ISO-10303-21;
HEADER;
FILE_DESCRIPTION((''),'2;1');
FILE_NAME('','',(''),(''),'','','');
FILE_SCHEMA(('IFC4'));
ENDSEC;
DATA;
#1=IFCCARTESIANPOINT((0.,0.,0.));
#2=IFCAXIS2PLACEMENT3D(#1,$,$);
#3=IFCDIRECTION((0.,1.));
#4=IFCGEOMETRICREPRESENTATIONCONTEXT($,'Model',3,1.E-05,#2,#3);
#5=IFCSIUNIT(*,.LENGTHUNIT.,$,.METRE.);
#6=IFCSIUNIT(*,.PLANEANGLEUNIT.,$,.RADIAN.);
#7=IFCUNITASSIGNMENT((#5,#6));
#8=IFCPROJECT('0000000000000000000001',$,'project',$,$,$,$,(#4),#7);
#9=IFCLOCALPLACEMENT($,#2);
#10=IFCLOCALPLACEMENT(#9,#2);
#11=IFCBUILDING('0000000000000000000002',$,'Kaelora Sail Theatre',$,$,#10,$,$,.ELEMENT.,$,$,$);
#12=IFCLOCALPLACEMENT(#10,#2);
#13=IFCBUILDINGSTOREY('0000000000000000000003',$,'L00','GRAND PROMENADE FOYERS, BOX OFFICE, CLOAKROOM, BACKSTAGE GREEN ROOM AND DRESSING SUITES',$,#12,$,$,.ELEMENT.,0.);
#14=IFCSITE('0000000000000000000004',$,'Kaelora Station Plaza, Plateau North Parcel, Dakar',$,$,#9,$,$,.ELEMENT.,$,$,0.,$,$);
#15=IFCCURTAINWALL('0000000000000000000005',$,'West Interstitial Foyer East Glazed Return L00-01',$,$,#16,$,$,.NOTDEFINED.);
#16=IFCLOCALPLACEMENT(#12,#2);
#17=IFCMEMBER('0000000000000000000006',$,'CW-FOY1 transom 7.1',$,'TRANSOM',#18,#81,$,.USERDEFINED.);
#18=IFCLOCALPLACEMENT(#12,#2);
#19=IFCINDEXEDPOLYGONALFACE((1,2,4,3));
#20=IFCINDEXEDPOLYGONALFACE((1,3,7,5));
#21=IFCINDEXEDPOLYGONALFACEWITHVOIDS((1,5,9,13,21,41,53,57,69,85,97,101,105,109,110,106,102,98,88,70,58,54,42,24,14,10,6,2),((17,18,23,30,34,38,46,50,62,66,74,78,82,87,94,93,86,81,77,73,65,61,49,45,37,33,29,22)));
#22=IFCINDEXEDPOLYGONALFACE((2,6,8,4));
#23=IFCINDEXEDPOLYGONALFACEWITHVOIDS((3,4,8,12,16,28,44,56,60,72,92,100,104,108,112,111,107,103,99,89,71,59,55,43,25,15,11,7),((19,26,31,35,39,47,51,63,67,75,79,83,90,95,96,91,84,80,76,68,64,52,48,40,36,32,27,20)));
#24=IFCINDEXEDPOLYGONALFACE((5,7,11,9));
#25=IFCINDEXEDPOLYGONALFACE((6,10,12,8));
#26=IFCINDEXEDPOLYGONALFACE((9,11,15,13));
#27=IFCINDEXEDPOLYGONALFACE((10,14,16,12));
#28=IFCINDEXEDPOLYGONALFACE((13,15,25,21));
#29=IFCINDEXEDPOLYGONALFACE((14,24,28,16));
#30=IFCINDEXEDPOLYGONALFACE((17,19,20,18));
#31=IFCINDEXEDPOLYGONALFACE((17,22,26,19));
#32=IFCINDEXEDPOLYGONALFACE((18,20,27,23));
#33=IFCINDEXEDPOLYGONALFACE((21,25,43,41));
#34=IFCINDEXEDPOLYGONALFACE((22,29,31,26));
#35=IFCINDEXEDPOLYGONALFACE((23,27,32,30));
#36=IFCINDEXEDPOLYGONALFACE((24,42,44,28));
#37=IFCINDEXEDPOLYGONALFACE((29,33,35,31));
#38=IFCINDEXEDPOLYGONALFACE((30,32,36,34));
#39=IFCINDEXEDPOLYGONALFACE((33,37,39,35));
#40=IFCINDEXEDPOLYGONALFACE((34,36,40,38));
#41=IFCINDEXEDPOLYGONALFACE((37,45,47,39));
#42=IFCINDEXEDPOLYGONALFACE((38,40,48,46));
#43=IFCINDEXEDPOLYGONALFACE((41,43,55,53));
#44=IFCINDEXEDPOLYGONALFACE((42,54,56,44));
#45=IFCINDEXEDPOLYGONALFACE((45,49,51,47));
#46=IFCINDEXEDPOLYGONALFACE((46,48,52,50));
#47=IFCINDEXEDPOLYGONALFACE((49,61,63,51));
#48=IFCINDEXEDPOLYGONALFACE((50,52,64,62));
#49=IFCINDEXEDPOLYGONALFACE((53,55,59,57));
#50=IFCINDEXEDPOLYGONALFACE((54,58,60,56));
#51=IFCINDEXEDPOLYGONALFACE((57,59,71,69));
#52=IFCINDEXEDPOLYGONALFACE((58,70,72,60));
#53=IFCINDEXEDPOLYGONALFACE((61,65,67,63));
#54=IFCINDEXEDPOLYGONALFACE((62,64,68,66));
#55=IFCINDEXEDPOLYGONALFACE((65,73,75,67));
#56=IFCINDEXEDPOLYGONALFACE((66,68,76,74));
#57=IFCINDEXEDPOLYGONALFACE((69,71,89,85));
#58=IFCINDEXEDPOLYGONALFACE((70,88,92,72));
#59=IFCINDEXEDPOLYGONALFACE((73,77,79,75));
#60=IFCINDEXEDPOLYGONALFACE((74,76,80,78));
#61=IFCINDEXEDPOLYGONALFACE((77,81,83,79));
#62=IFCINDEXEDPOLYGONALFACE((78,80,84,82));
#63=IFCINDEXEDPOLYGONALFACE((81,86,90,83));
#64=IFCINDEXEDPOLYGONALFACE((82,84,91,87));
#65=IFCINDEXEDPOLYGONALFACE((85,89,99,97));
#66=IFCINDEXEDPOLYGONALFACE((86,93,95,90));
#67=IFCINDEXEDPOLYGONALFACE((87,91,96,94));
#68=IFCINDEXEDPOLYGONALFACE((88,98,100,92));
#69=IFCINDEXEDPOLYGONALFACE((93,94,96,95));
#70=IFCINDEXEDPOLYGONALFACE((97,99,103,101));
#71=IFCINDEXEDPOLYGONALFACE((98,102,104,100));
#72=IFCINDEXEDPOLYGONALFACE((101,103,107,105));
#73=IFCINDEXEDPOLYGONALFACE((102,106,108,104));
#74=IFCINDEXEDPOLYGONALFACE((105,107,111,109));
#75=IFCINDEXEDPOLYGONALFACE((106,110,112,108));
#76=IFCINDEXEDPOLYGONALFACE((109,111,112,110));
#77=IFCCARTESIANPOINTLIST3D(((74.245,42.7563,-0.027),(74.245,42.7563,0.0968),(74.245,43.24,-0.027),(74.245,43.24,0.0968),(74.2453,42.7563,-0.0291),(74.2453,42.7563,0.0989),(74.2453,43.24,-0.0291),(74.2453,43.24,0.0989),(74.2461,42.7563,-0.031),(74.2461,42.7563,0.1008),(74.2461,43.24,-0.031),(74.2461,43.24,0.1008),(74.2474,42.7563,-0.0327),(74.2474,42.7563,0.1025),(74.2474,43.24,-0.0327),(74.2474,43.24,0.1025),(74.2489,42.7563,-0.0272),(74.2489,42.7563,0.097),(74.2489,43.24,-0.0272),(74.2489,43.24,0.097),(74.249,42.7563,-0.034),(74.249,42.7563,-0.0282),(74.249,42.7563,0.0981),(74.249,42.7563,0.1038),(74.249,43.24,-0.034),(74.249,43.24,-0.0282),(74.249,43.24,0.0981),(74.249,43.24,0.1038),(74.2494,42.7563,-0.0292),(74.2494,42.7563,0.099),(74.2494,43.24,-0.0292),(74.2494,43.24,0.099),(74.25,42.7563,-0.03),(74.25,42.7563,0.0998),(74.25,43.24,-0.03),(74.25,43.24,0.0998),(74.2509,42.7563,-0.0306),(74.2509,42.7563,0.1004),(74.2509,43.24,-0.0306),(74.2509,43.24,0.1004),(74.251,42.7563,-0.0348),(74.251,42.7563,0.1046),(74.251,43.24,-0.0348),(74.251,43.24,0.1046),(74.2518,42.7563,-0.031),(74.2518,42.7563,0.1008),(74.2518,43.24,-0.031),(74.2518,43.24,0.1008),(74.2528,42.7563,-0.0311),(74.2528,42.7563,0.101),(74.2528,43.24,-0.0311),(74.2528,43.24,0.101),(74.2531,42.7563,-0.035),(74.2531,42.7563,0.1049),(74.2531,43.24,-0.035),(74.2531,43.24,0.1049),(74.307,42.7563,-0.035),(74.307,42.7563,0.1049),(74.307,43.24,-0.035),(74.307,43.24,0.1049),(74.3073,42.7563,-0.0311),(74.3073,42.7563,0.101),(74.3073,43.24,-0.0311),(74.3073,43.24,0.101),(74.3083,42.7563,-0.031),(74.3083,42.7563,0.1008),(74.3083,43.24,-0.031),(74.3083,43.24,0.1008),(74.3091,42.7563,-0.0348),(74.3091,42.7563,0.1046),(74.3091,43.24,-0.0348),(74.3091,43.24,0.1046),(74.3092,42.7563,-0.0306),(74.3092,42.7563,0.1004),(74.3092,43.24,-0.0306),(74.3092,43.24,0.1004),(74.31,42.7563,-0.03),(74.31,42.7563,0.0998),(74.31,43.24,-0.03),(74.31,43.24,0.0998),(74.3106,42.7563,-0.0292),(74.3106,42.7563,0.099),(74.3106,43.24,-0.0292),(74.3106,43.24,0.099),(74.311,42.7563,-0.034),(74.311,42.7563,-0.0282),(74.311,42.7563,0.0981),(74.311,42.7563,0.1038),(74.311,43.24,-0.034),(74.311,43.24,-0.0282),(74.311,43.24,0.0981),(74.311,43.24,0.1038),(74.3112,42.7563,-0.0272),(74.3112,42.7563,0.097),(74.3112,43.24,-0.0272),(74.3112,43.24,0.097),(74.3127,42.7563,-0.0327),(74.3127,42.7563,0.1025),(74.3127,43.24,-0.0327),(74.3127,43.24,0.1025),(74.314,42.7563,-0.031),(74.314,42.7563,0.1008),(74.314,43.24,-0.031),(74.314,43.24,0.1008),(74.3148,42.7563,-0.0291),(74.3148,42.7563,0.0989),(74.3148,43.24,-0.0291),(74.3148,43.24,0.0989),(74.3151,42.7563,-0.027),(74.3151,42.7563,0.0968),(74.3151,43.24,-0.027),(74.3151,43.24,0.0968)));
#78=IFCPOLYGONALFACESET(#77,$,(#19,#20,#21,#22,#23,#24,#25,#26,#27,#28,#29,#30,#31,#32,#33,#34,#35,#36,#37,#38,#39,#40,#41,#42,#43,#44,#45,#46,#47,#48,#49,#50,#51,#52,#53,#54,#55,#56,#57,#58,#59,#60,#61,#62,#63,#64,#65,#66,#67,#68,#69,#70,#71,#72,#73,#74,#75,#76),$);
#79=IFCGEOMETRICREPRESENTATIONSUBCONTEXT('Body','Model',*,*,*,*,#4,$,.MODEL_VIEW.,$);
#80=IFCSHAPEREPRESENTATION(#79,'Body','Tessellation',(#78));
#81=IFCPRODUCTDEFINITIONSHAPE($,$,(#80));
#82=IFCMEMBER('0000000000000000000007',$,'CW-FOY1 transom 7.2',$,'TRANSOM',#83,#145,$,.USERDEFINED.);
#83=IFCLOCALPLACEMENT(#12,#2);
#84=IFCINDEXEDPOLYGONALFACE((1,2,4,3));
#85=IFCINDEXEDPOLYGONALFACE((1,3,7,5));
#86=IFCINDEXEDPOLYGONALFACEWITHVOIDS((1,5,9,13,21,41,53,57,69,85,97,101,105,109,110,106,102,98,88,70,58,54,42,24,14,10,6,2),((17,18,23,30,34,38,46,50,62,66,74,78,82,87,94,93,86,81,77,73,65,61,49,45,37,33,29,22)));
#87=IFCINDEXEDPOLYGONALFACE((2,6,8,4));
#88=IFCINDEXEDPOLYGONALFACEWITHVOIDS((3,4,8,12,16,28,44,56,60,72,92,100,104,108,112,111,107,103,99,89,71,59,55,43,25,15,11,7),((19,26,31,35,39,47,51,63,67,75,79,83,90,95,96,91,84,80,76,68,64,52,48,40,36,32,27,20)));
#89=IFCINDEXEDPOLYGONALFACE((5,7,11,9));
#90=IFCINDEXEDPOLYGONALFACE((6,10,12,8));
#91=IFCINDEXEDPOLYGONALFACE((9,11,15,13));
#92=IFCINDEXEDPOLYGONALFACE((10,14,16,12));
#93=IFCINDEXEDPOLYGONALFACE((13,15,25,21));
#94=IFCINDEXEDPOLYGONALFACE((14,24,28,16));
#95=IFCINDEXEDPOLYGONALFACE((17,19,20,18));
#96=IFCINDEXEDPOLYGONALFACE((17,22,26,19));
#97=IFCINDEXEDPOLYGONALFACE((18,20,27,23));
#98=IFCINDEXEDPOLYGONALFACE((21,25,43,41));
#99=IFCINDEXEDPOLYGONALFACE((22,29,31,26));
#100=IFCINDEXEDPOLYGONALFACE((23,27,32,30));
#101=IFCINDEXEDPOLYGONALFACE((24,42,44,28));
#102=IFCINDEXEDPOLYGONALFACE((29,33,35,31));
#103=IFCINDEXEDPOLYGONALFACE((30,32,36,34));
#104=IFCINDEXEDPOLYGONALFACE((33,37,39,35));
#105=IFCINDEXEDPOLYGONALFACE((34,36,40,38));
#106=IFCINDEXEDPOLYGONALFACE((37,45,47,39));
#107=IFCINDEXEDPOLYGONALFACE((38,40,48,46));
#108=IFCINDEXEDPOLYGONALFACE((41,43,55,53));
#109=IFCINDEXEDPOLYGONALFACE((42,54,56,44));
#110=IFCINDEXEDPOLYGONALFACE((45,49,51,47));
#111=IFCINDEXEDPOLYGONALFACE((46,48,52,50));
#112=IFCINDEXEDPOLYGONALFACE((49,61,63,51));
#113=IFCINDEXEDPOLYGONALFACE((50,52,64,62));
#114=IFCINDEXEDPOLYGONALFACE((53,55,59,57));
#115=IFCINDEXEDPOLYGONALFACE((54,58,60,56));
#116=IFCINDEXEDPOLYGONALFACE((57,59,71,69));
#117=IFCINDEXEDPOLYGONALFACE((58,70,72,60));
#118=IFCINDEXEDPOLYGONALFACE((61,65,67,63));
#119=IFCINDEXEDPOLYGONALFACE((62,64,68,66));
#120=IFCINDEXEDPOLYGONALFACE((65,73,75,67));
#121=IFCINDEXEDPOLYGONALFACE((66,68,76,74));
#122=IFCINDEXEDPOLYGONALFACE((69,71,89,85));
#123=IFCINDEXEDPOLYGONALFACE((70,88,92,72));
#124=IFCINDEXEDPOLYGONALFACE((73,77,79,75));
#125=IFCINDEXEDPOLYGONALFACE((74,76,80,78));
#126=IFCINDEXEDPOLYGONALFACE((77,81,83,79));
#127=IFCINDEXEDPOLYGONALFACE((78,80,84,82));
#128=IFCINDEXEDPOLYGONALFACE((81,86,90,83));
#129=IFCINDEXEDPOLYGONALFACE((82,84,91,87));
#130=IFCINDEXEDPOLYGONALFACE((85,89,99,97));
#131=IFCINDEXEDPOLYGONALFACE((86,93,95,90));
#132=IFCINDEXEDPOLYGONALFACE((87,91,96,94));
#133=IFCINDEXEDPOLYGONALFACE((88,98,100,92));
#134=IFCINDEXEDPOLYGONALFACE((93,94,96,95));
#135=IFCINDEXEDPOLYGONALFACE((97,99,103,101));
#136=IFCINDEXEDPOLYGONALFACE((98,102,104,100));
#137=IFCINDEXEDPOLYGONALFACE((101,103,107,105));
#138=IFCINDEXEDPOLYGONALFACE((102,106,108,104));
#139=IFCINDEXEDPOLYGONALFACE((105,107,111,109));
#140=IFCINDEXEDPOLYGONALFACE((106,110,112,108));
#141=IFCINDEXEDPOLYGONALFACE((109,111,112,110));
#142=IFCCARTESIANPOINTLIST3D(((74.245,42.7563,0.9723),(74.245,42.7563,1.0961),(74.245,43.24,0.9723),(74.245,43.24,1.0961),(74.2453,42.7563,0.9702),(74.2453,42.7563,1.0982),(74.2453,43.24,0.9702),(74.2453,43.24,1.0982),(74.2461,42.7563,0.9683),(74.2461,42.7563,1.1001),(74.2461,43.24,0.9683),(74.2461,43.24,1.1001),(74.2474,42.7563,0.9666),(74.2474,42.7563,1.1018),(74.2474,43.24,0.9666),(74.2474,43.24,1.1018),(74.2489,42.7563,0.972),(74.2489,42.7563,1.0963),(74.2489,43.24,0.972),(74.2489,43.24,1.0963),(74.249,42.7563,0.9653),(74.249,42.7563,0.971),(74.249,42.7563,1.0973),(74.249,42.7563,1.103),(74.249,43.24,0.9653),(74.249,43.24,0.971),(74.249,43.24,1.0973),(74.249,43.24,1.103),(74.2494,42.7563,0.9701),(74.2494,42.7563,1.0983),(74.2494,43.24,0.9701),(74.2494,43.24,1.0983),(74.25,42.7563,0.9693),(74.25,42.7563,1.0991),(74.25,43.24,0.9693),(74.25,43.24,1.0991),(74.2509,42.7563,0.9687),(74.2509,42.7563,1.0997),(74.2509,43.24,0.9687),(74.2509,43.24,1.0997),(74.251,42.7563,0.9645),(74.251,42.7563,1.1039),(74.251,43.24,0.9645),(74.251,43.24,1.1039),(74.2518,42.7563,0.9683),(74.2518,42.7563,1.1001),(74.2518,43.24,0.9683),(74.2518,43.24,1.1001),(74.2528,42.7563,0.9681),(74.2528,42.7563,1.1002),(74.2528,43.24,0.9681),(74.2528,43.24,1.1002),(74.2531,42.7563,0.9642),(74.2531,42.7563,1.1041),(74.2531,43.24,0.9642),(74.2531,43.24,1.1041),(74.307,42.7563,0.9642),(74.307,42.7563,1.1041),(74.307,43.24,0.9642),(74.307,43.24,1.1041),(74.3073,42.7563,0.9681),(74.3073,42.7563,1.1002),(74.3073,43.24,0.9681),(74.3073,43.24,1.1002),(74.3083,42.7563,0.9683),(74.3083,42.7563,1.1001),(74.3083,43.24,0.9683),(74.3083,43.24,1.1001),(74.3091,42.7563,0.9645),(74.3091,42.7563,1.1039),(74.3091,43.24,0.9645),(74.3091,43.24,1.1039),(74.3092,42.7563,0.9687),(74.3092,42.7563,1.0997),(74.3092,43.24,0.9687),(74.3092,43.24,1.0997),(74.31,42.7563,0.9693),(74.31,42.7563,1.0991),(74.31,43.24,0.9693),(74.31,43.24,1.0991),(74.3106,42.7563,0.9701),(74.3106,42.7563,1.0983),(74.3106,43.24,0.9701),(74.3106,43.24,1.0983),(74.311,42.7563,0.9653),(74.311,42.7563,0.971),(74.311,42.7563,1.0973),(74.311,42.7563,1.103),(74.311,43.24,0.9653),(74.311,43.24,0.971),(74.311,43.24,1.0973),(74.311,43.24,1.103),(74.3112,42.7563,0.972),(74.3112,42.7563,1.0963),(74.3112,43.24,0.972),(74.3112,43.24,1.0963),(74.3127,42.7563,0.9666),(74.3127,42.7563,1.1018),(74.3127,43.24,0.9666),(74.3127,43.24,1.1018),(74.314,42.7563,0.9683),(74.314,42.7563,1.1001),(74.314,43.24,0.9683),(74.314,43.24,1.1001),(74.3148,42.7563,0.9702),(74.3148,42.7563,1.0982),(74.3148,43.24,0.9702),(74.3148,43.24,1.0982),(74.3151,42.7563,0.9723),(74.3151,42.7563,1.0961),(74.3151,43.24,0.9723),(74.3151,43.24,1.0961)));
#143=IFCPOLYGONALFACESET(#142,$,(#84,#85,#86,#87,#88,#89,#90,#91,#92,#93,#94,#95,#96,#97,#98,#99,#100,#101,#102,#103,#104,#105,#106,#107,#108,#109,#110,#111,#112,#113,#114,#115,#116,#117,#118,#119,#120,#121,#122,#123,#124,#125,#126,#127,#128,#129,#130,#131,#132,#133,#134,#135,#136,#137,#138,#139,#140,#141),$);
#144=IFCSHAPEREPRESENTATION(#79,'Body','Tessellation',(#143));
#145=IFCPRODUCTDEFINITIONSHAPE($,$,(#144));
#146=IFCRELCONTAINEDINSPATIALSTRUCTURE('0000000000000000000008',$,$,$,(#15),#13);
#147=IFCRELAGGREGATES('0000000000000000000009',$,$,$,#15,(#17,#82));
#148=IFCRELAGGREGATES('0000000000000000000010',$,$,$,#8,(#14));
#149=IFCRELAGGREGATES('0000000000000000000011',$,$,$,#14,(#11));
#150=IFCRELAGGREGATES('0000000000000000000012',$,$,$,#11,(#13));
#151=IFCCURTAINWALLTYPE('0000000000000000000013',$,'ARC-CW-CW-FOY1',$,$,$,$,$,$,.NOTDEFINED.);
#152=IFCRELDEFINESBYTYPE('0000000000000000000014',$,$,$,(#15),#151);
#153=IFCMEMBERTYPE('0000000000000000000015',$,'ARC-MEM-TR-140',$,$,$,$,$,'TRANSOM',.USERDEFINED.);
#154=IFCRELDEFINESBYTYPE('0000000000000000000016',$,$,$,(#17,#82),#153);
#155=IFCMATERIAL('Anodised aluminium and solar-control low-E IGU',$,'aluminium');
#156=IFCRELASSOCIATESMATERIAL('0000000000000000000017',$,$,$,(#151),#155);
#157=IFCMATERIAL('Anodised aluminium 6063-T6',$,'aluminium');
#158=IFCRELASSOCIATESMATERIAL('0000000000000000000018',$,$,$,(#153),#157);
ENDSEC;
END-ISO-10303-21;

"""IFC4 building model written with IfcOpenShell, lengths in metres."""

from ifc_helpers import new_model, si_unit, direction, frame, origin, origin_2d, place, context, subcontext, project, spatial, hollow_rectangle, extrude, material, material_profile, profile_set, type_object, element, aggregate, save


model = new_model("IFC4")

# Units and contexts
model_context = context("Model", 3, precision=1e-05, world=origin(), true_north=direction((0.0, 1.0)))
body_context = subcontext(model_context, "Body", "Model", "MODEL_VIEW")
ifc_project = project(units=[si_unit("LENGTHUNIT", "METRE"), si_unit("PLANEANGLEUNIT", "RADIAN")], contexts=[model_context])

# Site, building, storey
site_placement = place(None, origin())
site = spatial("IfcSite", under=ifc_project, at=site_placement, Name="Kaelora Station Plaza, Plateau North Parcel, Dakar", CompositionType="ELEMENT", RefElevation=0.0)
building_placement = place(site_placement, origin())
building = spatial("IfcBuilding", under=site, at=building_placement, Name="Kaelora Sail Theatre", CompositionType="ELEMENT")
storey_placement = place(building_placement, origin())
storey = spatial("IfcBuildingStorey", under=building, at=storey_placement, Name="L00", Description="GRAND PROMENADE FOYERS, BOX OFFICE, CLOAKROOM, BACKSTAGE GREEN ROOM AND DRESSING SUITES", CompositionType="ELEMENT", Elevation=0.0)

# Curtain wall
ifc_material_1 = material(Name="Anodised aluminium and solar-control low-E IGU", Category="aluminium")
curtain_wall_type = type_object("IfcCurtainWallType", Name="ARC-CW-CW-FOY1", PredefinedType="NOTDEFINED", material=ifc_material_1)
curtain_wall_1_placement = place(storey_placement, origin())
curtain_wall_1 = element("IfcCurtainWall", 1, at=curtain_wall_1_placement, inside=storey, type_object=curtain_wall_type, Name="West Interstitial Foyer East Glazed Return L00-01", PredefinedType="NOTDEFINED")

# Members
ifc_material_2 = material(Name="Anodised aluminium 6063-T6", Category="aluminium")
ifc_material_profile_1 = material_profile(ifc_material_2, hollow_rectangle(XDim=0.0701, YDim=0.1399, WallThickness=0.0039, InnerFilletRadius=0.0039, OuterFilletRadius=0.0081, at=origin_2d()), Name="ALU-TRAN 70x140x4")
ifc_profile_set_1 = profile_set([ifc_material_profile_1], Name="Anodised aluminium 6063-T6")
member_type_1 = type_object("IfcMemberType", Name="ARC-MEM-TR-140", ElementType="TRANSOM", PredefinedType="USERDEFINED", material=ifc_profile_set_1)
member_1_placement = place(storey_placement, frame((74.28, 42.7563, 0.0349), z_axis=(0.0, 1.0, 0.0), x_axis=(-1.0, 0.0, 0.0)))
member_1 = element("IfcMember", 2, at=member_1_placement, type_object=member_type_1, Name="CW-FOY1 transom 7.1", ObjectType="TRANSOM", PredefinedType="USERDEFINED", context=body_context, shape_type="SweptSolid", body=[
    extrude(hollow_rectangle(XDim=0.0701, YDim=0.1399, WallThickness=0.0039, InnerFilletRadius=0.0039, OuterFilletRadius=0.0081, at=origin_2d()), origin(), (0.0, 0.0, 1.0), 0.4836),
])
member_2_placement = place(storey_placement, frame((74.28, 42.7563, 1.0342), z_axis=(0.0, 1.0, 0.0), x_axis=(-1.0, 0.0, 0.0)))
member_2 = element("IfcMember", 3, at=member_2_placement, type_object=member_type_1, Name="CW-FOY1 transom 7.2", ObjectType="TRANSOM", PredefinedType="USERDEFINED", context=body_context, shape_type="SweptSolid", body=[
    extrude(hollow_rectangle(XDim=0.0701, YDim=0.1399, WallThickness=0.0039, InnerFilletRadius=0.0039, OuterFilletRadius=0.0081, at=origin_2d()), origin(), (0.0, 0.0, 1.0), 0.4836),
])

aggregate(curtain_wall_1, [member_1, member_2])

save(model, "model.ifc")
